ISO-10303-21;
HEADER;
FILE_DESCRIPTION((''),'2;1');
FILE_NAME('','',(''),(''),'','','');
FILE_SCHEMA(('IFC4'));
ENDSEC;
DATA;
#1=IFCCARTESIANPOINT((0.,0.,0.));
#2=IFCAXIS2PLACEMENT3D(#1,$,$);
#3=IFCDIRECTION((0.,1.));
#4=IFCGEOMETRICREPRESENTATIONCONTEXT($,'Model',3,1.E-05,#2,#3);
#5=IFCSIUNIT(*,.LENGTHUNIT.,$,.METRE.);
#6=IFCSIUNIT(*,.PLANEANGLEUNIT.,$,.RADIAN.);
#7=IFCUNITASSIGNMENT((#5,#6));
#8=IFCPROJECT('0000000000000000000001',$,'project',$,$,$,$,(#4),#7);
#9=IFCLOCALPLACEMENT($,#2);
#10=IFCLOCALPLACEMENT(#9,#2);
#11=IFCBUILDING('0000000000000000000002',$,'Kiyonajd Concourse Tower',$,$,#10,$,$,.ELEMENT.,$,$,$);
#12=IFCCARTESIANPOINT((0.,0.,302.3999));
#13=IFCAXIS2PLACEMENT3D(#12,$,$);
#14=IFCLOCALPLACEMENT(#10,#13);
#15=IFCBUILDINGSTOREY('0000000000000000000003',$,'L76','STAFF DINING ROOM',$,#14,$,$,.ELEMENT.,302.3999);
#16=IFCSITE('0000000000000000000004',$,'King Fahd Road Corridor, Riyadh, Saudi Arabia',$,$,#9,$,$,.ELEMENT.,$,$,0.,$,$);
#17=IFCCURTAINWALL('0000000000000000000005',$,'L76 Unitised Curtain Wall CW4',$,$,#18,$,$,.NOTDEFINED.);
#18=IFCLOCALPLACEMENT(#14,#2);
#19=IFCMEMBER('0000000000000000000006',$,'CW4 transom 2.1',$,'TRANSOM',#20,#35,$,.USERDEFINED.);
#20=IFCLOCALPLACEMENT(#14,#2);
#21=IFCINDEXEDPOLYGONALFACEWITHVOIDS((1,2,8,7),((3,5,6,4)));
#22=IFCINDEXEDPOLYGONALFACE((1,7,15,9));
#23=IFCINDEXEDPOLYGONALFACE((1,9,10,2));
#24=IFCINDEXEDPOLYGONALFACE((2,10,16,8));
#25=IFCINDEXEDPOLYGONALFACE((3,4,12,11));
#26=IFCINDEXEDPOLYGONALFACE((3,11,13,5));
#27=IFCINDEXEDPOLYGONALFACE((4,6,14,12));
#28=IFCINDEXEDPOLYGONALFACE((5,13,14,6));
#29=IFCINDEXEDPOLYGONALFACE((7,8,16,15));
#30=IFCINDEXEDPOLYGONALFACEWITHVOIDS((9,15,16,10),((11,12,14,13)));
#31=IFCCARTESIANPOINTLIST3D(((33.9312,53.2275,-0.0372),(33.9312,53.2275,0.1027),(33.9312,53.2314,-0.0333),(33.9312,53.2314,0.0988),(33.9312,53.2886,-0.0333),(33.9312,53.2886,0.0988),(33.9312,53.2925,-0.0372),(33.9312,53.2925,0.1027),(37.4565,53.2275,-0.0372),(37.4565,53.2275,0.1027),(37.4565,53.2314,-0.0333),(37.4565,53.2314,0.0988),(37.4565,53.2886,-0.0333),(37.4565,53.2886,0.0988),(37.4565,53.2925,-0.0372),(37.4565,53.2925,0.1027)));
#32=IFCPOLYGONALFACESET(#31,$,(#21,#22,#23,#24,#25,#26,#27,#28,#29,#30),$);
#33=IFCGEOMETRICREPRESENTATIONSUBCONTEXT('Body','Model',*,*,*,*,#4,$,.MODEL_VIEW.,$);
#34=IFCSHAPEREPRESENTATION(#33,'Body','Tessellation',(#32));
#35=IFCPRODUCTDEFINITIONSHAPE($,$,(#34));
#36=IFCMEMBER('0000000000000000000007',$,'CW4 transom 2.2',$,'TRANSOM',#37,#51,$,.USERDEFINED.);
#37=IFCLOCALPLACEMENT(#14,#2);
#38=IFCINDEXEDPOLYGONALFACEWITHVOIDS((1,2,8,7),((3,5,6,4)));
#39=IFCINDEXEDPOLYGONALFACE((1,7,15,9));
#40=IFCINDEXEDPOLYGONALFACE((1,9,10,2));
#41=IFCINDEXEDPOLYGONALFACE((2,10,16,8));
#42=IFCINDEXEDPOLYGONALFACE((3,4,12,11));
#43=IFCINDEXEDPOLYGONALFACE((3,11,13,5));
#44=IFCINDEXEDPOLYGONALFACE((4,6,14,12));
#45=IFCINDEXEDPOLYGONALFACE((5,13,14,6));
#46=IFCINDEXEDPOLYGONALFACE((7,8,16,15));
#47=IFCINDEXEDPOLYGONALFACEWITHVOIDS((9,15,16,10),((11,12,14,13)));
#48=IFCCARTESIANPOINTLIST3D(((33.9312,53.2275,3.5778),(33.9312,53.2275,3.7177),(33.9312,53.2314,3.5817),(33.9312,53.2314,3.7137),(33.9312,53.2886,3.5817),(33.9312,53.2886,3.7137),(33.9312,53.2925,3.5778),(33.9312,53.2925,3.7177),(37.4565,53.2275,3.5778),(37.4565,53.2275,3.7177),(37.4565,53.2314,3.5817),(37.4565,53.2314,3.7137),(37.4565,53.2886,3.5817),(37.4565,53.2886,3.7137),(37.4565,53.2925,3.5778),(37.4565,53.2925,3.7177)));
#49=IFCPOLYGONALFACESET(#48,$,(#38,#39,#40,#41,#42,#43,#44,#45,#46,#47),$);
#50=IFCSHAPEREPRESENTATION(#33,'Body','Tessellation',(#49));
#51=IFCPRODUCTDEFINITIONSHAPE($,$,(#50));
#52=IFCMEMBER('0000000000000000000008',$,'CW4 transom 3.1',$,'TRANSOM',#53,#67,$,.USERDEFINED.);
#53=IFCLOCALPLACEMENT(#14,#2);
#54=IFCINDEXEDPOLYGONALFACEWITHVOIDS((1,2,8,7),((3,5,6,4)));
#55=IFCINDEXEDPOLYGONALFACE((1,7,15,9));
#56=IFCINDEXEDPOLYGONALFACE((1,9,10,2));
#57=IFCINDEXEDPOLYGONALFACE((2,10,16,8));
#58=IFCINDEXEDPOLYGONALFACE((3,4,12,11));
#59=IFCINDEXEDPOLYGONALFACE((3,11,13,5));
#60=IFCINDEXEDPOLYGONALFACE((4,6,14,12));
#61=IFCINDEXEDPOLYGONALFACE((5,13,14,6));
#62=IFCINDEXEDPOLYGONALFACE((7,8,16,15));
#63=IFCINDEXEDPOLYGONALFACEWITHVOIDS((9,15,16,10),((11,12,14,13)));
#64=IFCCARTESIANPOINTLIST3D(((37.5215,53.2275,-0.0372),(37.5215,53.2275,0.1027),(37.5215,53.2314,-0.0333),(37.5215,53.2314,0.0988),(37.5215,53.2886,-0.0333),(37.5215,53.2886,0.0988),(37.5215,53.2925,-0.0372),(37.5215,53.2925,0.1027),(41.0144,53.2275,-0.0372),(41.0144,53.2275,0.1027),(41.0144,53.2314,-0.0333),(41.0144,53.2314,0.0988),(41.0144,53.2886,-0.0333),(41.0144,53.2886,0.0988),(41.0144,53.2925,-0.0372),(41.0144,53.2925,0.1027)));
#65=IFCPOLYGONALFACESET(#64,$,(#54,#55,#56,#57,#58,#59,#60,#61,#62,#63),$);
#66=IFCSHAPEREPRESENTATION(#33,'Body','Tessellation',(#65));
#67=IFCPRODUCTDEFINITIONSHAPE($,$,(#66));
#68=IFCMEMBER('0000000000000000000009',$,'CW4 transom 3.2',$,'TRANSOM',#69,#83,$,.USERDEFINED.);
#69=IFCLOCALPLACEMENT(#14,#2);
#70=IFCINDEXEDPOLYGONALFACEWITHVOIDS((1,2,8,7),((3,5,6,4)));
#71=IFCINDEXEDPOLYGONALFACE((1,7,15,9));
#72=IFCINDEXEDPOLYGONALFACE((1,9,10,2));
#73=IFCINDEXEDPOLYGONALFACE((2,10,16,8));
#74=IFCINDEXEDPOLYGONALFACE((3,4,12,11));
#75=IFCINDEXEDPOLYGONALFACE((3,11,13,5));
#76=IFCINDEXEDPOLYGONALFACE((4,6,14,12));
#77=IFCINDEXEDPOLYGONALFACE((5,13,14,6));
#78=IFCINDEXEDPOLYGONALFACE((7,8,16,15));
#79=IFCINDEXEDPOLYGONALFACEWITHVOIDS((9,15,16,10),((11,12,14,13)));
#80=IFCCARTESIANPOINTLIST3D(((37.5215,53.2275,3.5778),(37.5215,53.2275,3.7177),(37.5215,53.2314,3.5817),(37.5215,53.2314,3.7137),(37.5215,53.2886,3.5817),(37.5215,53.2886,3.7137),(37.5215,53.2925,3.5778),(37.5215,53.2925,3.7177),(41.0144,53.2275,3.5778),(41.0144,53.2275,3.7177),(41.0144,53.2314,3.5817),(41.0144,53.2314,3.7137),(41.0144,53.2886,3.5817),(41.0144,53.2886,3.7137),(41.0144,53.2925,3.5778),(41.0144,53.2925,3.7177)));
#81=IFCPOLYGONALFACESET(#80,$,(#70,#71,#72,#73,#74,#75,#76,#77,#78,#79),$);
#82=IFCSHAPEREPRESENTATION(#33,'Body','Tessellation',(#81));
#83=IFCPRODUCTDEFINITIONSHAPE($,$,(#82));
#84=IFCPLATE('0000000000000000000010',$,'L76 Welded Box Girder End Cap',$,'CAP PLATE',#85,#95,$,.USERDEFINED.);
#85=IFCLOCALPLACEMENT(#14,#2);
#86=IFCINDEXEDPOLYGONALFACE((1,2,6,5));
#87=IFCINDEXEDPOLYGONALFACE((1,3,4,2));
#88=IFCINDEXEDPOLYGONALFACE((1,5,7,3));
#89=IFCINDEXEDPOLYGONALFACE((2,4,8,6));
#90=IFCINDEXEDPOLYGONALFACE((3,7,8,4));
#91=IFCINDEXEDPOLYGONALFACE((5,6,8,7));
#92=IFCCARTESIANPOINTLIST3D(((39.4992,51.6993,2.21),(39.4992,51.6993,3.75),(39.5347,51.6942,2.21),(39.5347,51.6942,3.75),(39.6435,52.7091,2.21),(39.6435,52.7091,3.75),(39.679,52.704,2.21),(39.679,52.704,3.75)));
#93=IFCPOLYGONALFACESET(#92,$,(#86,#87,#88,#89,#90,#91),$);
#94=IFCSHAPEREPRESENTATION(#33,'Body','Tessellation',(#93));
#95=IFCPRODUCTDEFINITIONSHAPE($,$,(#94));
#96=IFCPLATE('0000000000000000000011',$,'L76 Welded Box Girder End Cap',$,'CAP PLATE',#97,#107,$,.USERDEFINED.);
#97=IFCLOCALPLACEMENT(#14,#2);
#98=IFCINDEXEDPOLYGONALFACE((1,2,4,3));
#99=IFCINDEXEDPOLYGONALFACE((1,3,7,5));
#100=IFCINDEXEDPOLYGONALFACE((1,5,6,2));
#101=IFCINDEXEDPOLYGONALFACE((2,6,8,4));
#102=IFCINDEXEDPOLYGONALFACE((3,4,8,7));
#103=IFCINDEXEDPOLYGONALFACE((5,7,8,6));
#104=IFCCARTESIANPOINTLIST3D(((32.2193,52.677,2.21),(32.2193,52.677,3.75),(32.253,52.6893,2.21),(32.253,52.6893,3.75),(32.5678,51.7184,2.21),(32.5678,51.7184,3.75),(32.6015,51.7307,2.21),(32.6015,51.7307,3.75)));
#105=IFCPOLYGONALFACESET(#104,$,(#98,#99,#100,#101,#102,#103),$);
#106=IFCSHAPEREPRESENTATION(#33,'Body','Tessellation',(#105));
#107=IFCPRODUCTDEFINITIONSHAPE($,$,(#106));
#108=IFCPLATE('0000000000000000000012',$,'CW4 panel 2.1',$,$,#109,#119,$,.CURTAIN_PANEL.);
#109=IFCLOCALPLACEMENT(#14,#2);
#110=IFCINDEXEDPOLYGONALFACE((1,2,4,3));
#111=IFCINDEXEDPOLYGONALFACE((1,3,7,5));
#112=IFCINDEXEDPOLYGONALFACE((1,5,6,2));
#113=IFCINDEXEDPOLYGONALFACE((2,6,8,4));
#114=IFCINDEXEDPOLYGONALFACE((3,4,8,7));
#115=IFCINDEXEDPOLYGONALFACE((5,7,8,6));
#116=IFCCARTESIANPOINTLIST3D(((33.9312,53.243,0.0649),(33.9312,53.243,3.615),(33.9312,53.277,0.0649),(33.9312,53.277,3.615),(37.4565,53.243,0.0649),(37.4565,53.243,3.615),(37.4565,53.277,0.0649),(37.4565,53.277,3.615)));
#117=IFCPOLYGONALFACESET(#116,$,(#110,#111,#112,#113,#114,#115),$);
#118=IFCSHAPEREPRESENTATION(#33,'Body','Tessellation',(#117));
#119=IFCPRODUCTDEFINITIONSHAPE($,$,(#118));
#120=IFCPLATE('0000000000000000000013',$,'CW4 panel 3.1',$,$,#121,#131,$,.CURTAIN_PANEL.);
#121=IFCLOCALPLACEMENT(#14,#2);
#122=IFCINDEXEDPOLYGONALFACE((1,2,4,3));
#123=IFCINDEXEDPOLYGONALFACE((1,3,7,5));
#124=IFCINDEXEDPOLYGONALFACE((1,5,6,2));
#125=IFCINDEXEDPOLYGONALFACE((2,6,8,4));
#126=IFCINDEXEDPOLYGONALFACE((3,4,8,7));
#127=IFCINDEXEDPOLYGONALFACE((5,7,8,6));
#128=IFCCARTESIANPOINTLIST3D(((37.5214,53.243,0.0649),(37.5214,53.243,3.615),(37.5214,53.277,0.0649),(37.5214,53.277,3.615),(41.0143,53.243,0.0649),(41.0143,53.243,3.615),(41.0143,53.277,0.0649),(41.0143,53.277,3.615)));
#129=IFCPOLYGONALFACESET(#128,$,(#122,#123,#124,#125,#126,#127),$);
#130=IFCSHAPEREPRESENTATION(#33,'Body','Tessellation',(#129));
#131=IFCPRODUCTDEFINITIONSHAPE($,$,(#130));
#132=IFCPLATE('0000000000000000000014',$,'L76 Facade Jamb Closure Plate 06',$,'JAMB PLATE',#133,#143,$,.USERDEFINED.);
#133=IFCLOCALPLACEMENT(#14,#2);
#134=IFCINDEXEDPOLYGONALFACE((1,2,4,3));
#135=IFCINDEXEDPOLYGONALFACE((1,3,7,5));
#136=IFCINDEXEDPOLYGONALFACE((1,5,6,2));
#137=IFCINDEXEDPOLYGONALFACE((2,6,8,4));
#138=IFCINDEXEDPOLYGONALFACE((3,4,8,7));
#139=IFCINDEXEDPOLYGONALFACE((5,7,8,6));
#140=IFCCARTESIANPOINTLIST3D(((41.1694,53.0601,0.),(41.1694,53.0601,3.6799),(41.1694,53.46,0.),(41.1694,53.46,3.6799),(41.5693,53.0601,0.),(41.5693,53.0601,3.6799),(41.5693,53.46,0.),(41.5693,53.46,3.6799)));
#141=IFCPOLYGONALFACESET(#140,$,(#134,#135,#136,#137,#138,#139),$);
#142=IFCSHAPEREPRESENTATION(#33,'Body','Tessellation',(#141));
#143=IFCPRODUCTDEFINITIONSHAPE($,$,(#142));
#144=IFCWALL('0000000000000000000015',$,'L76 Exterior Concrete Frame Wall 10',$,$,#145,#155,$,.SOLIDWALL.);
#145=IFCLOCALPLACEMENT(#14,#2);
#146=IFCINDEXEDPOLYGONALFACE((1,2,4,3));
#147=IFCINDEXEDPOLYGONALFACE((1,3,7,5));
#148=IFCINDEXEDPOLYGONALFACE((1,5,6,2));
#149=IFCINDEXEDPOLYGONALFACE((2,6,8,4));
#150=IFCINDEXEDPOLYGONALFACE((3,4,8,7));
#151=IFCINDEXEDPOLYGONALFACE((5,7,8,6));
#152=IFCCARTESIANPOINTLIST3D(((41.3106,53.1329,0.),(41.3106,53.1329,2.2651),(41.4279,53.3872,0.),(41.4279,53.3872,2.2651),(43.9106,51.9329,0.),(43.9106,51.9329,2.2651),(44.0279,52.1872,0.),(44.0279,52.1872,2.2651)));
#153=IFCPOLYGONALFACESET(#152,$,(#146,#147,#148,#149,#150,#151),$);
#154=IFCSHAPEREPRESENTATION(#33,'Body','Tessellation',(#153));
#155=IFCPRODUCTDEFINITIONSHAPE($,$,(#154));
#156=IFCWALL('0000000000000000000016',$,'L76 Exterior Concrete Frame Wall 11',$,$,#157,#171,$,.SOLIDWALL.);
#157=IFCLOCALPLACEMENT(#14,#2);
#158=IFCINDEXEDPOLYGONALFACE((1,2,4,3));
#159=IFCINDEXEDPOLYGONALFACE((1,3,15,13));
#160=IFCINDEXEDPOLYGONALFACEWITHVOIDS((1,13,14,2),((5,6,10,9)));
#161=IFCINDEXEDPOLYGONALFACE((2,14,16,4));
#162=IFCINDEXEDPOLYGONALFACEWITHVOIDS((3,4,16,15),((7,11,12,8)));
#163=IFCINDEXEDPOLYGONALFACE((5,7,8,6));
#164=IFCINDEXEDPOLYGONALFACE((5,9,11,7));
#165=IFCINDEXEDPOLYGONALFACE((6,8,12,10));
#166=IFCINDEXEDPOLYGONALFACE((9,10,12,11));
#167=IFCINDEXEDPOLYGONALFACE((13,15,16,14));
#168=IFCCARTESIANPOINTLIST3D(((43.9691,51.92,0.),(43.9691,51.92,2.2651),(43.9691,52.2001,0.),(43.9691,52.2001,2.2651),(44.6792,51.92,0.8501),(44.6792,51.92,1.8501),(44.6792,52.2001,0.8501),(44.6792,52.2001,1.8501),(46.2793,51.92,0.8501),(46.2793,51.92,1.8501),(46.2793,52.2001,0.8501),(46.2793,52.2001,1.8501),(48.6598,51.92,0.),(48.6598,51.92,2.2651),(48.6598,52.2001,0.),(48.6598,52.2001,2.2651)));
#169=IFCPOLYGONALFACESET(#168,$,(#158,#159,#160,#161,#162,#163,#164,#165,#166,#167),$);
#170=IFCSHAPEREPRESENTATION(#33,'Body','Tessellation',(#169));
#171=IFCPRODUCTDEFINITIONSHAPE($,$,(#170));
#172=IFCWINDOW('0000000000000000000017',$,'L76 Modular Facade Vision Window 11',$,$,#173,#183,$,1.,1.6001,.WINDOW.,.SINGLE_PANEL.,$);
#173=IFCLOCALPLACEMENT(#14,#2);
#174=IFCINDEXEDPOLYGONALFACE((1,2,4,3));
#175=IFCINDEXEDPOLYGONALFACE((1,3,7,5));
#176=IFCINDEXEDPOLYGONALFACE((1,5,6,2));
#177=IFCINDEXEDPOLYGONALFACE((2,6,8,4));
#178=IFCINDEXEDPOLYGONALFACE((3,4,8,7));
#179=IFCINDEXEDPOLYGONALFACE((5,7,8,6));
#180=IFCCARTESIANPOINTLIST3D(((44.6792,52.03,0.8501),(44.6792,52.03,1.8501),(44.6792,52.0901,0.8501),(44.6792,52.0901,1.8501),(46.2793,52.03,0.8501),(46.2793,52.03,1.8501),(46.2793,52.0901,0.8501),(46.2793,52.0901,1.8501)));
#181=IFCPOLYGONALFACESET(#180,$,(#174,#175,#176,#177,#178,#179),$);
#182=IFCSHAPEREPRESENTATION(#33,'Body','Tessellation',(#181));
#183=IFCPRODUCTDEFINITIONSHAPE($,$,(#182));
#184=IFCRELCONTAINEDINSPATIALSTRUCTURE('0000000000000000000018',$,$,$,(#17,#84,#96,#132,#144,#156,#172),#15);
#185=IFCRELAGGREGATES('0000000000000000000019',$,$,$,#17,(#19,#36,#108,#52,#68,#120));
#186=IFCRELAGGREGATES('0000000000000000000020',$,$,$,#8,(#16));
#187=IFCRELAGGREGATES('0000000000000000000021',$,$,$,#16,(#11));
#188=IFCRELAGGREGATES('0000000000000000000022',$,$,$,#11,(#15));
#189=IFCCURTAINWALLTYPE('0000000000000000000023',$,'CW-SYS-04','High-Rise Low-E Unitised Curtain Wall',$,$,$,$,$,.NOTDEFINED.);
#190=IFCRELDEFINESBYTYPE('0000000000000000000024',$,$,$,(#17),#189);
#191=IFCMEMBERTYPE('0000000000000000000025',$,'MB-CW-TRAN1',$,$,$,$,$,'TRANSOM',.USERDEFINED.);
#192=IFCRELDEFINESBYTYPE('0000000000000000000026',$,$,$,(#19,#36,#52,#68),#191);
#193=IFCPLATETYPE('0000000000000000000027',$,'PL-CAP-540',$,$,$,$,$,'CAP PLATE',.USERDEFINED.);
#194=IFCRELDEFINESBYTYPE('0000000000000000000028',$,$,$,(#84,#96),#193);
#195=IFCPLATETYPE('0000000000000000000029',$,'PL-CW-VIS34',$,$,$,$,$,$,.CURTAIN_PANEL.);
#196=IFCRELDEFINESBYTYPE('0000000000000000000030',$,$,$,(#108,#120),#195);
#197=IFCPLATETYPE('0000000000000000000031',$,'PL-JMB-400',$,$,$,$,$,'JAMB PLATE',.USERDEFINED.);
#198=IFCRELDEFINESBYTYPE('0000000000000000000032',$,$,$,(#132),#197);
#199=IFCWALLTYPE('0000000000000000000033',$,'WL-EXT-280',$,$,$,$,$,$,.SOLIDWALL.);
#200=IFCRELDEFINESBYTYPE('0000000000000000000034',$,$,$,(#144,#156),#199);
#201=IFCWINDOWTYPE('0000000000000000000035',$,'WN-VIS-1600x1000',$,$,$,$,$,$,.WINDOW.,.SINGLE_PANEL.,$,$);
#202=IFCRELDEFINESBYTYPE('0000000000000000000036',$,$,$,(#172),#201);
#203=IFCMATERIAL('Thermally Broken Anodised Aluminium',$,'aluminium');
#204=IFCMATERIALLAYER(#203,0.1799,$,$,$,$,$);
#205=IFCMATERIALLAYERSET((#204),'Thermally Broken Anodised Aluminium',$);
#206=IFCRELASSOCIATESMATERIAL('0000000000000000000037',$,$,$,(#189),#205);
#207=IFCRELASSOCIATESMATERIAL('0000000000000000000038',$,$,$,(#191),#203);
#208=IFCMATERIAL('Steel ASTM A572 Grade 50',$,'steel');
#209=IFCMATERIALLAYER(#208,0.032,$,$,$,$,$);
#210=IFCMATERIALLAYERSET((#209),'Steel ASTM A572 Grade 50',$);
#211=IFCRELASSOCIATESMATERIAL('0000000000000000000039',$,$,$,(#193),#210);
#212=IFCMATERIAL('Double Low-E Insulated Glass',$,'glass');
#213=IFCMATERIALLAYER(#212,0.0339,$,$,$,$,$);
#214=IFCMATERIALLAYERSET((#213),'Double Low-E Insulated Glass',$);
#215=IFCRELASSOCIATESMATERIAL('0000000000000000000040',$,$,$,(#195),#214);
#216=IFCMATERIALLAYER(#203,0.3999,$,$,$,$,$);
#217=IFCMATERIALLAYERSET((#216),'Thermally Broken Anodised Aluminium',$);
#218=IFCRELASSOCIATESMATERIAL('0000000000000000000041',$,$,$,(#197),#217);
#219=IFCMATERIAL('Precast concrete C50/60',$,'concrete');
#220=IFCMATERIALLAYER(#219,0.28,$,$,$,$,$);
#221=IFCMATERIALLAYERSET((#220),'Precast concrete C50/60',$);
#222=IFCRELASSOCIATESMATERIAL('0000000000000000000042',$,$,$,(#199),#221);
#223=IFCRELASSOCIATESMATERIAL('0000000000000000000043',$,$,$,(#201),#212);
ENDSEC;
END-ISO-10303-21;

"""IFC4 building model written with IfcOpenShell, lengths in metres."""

from ifc_helpers import new_model, si_unit, direction, frame, frame_2d, origin, origin_2d, place, context, subcontext, project, spatial, rectangle, hollow_rectangle, extrude, material, layer, layer_set, material_profile, profile_set, type_object, element, fill, aggregate, save


model = new_model("IFC4")

# Units and contexts
model_context = context("Model", 3, precision=1e-05, world=origin(), true_north=direction((0.0, 1.0)))
body_context = subcontext(model_context, "Body", "Model", "MODEL_VIEW")
ifc_project = project(units=[si_unit("LENGTHUNIT", "METRE"), si_unit("PLANEANGLEUNIT", "RADIAN")], contexts=[model_context])

# Site, building, storey
site_placement = place(None, origin())
site = spatial("IfcSite", under=ifc_project, at=site_placement, Name="King Fahd Road Corridor, Riyadh, Saudi Arabia", CompositionType="ELEMENT", RefElevation=0.0)
building_placement = place(site_placement, origin())
building = spatial("IfcBuilding", under=site, at=building_placement, Name="Kiyonajd Concourse Tower", CompositionType="ELEMENT")
storey_placement = place(building_placement, frame((0.0, 0.0, 302.3999)))
storey = spatial("IfcBuildingStorey", under=building, at=storey_placement, Name="L76", Description="STAFF DINING ROOM", CompositionType="ELEMENT", Elevation=302.3999)

# Curtain wall, members
ifc_material_1 = material(Name="Thermally Broken Anodised Aluminium", Category="aluminium")
ifc_layer_1 = layer(ifc_material_1, 0.1799)
ifc_layer_set_1 = layer_set([ifc_layer_1], Name="Thermally Broken Anodised Aluminium")
curtain_wall_type = type_object("IfcCurtainWallType", Name="CW-SYS-04", Description="High-Rise Low-E Unitised Curtain Wall", PredefinedType="NOTDEFINED", material=ifc_layer_set_1)
curtain_wall_placement = place(storey_placement, origin())
curtain_wall = element("IfcCurtainWall", 1, at=curtain_wall_placement, inside=storey, type_object=curtain_wall_type, Name="L76 Unitised Curtain Wall CW4", PredefinedType="NOTDEFINED")
ifc_material_profile_1 = material_profile(ifc_material_1, hollow_rectangle(XDim=0.0649, YDim=0.1399, WallThickness=0.0039, at=origin_2d()), Name="TRAN-65x140")
ifc_profile_set_1 = profile_set([ifc_material_profile_1], Name="Thermally Broken Anodised Aluminium")
member_type_1 = type_object("IfcMemberType", Name="MB-CW-TRAN1", ElementType="TRANSOM", PredefinedType="USERDEFINED", material=ifc_profile_set_1)
member_1_placement = place(storey_placement, frame((33.9312, 53.26, 0.0327), z_axis=(1.0, 0.0, 0.0), x_axis=(0.0, 1.0, 0.0)))
member_1 = element("IfcMember", 2, at=member_1_placement, type_object=member_type_1, Name="CW4 transom 2.1", ObjectType="TRANSOM", PredefinedType="USERDEFINED", context=body_context, shape_type="SweptSolid", body=[
    extrude(hollow_rectangle(XDim=0.0649, YDim=0.1399, WallThickness=0.0039, at=origin_2d()), origin(), (0.0, 0.0, 1.0), 3.5254),
])
member_2_placement = place(storey_placement, frame((33.9312, 53.26, 3.6477), z_axis=(1.0, 0.0, 0.0), x_axis=(0.0, 1.0, 0.0)))
member_2 = element("IfcMember", 3, at=member_2_placement, type_object=member_type_1, Name="CW4 transom 2.2", ObjectType="TRANSOM", PredefinedType="USERDEFINED", context=body_context, shape_type="SweptSolid", body=[
    extrude(hollow_rectangle(XDim=0.0649, YDim=0.1399, WallThickness=0.0039, at=origin_2d()), origin(), (0.0, 0.0, 1.0), 3.5254),
])
member_3_placement = place(storey_placement, frame((37.5215, 53.26, 0.0327), z_axis=(1.0, 0.0, 0.0), x_axis=(0.0, 1.0, 0.0)))
member_3 = element("IfcMember", 4, at=member_3_placement, type_object=member_type_1, Name="CW4 transom 3.1", ObjectType="TRANSOM", PredefinedType="USERDEFINED", context=body_context, shape_type="SweptSolid", body=[
    extrude(hollow_rectangle(XDim=0.0649, YDim=0.1399, WallThickness=0.0039, at=origin_2d()), origin(), (0.0, 0.0, 1.0), 3.4929),
])
member_4_placement = place(storey_placement, frame((37.5215, 53.26, 3.6477), z_axis=(1.0, 0.0, 0.0), x_axis=(0.0, 1.0, 0.0)))
member_4 = element("IfcMember", 5, at=member_4_placement, type_object=member_type_1, Name="CW4 transom 3.2", ObjectType="TRANSOM", PredefinedType="USERDEFINED", context=body_context, shape_type="SweptSolid", body=[
    extrude(hollow_rectangle(XDim=0.0649, YDim=0.1399, WallThickness=0.0039, at=origin_2d()), origin(), (0.0, 0.0, 1.0), 3.4929),
])

# Plates
ifc_material_2 = material(Name="Steel ASTM A572 Grade 50", Category="steel")
ifc_layer_2 = layer(ifc_material_2, 0.032)
ifc_layer_set_2 = layer_set([ifc_layer_2], Name="Steel ASTM A572 Grade 50")
plate_type_1 = type_object("IfcPlateType", Name="PL-CAP-540", ElementType="CAP PLATE", PredefinedType="USERDEFINED", material=ifc_layer_set_2)
for number, where, z_axis, x_axis, name in (
    (6, (39.5891, 52.2017, 2.21), (0.0, 0.0, 1.0), (-0.98995, 0.14142, 0.0), "L76 Welded Box Girder End Cap"),
    (7, (32.4104, 52.2039, 2.21), (0.0, 0.0, 1.0), (0.939812, 0.341692, 0.0), "L76 Welded Box Girder End Cap"),
):
    element("IfcPlate", number, at=place(storey_placement, frame(where, z_axis=z_axis, x_axis=x_axis)), inside=storey, type_object=plate_type_1, Name=name, ObjectType="CAP PLATE", PredefinedType="USERDEFINED", context=body_context, shape_type="SweptSolid", body=[
        extrude(rectangle(XDim=0.0359, YDim=1.02, at=origin_2d()), origin(), (0.0, 0.0, 1.0), 1.54),
    ])

# Plates
ifc_material_3 = material(Name="Double Low-E Insulated Glass", Category="glass")
ifc_layer_3 = layer(ifc_material_3, 0.0339)
ifc_layer_set_3 = layer_set([ifc_layer_3], Name="Double Low-E Insulated Glass")
plate_type_2 = type_object("IfcPlateType", Name="PL-CW-VIS34", PredefinedType="CURTAIN_PANEL", material=ifc_layer_set_3)
plate_1_placement = place(storey_placement, frame((35.6938, 53.26, 0.0649), z_axis=(0.0, 0.0, 1.0), x_axis=(1.0, 0.0, 0.0)))
plate_1 = element("IfcPlate", 8, at=plate_1_placement, type_object=plate_type_2, Name="CW4 panel 2.1", PredefinedType="CURTAIN_PANEL", context=body_context, shape_type="SweptSolid", body=[
    extrude(rectangle(XDim=3.5254, YDim=0.0339, at=origin_2d()), origin(), (0.0, 0.0, 1.0), 3.55),
])
plate_2_placement = place(storey_placement, frame((39.2678, 53.26, 0.0649), z_axis=(0.0, 0.0, 1.0), x_axis=(1.0, 0.0, 0.0)))
plate_2 = element("IfcPlate", 9, at=plate_2_placement, type_object=plate_type_2, Name="CW4 panel 3.1", PredefinedType="CURTAIN_PANEL", context=body_context, shape_type="SweptSolid", body=[
    extrude(rectangle(XDim=3.4929, YDim=0.0339, at=origin_2d()), origin(), (0.0, 0.0, 1.0), 3.55),
])
aggregate(curtain_wall, [member_1, member_2, plate_1, member_3, member_4, plate_2])
ifc_layer_4 = layer(ifc_material_1, 0.3999)
ifc_layer_set_4 = layer_set([ifc_layer_4], Name="Thermally Broken Anodised Aluminium")
plate_type_3 = type_object("IfcPlateType", Name="PL-JMB-400", ElementType="JAMB PLATE", PredefinedType="USERDEFINED", material=ifc_layer_set_4)
plate_3_placement = place(storey_placement, frame((41.3694, 53.26, 0.0), z_axis=(0.0, 0.0, 1.0), x_axis=(1.0, 0.0, 0.0)))
element("IfcPlate", 10, at=plate_3_placement, inside=storey, type_object=plate_type_3, Name="L76 Facade Jamb Closure Plate 06", ObjectType="JAMB PLATE", PredefinedType="USERDEFINED", context=body_context, shape_type="SweptSolid", body=[
    extrude(rectangle(XDim=0.3999, YDim=0.3999, at=origin_2d()), origin(), (0.0, 0.0, 1.0), 3.6799),
])

# Wall
ifc_material_4 = material(Name="Precast concrete C50/60", Category="concrete")
ifc_layer_5 = layer(ifc_material_4, 0.28)
ifc_layer_set_5 = layer_set([ifc_layer_5], Name="Precast concrete C50/60")
wall_type_1 = type_object("IfcWallType", Name="WL-EXT-280", PredefinedType="SOLIDWALL", material=ifc_layer_set_5)
wall_1_placement = place(storey_placement, frame((41.3694, 53.26, 0.0), z_axis=(0.0, 0.0, 1.0), x_axis=(0.907957, -0.419064, 0.0)))
element("IfcWall", 11, at=wall_1_placement, inside=storey, type_object=wall_type_1, Name="L76 Exterior Concrete Frame Wall 10", PredefinedType="SOLIDWALL", context=body_context, shape_type="SweptSolid", body=[
    extrude(rectangle(XDim=2.8635, YDim=0.28, at=frame_2d((1.4316, 0.0))), origin(), (0.0, 0.0, 1.0), 2.2651),
])

# Wall, opening, window
wall_2_placement = place(storey_placement, frame((43.9692, 52.0601, 0.0), z_axis=(0.0, 0.0, 1.0), x_axis=(1.0, 0.0, 0.0)))
wall_2 = element("IfcWall", 12, at=wall_2_placement, inside=storey, type_object=wall_type_1, Name="L76 Exterior Concrete Frame Wall 11", PredefinedType="SOLIDWALL", context=body_context, shape_type="SweptSolid", body=[
    extrude(rectangle(XDim=4.6907, YDim=0.28, at=frame_2d((2.3452, 0.0))), origin(), (0.0, 0.0, 1.0), 2.2651),
])
opening_placement = place(wall_2_placement, frame((0.71, 0.0, 0.8501)))
opening = element("IfcOpeningElement", 13, at=opening_placement, cuts=wall_2, PredefinedType="OPENING", context=body_context, shape_type="SweptSolid", body=[
    extrude(rectangle(XDim=1.6001, YDim=1.0, at=frame_2d((0.8, 0.5))), frame((0.0, 0.1499, 0.0), z_axis=(0.0, -1.0, 0.0), x_axis=(1.0, 0.0, 0.0)), (0.0, 0.0, 1.0), 0.3),
])
window_type = type_object("IfcWindowType", Name="WN-VIS-1600x1000", PartitioningType="SINGLE_PANEL", PredefinedType="WINDOW", material=ifc_material_3)
window_placement = place(opening_placement, origin())
window = element("IfcWindow", 14, at=window_placement, inside=storey, type_object=window_type, Name="L76 Modular Facade Vision Window 11", OverallHeight=1.0, OverallWidth=1.6001, PartitioningType="SINGLE_PANEL", PredefinedType="WINDOW", context=body_context, shape_type="SweptSolid", body=[
    extrude(rectangle(XDim=1.6001, YDim=1.0, at=frame_2d((0.8, 0.5))), frame((0.0, 0.03, 0.0), z_axis=(0.0, -1.0, 0.0), x_axis=(1.0, 0.0, 0.0)), (0.0, 0.0, 1.0), 0.0601),
])
fill(opening, window)

save(model, "model.ifc")
